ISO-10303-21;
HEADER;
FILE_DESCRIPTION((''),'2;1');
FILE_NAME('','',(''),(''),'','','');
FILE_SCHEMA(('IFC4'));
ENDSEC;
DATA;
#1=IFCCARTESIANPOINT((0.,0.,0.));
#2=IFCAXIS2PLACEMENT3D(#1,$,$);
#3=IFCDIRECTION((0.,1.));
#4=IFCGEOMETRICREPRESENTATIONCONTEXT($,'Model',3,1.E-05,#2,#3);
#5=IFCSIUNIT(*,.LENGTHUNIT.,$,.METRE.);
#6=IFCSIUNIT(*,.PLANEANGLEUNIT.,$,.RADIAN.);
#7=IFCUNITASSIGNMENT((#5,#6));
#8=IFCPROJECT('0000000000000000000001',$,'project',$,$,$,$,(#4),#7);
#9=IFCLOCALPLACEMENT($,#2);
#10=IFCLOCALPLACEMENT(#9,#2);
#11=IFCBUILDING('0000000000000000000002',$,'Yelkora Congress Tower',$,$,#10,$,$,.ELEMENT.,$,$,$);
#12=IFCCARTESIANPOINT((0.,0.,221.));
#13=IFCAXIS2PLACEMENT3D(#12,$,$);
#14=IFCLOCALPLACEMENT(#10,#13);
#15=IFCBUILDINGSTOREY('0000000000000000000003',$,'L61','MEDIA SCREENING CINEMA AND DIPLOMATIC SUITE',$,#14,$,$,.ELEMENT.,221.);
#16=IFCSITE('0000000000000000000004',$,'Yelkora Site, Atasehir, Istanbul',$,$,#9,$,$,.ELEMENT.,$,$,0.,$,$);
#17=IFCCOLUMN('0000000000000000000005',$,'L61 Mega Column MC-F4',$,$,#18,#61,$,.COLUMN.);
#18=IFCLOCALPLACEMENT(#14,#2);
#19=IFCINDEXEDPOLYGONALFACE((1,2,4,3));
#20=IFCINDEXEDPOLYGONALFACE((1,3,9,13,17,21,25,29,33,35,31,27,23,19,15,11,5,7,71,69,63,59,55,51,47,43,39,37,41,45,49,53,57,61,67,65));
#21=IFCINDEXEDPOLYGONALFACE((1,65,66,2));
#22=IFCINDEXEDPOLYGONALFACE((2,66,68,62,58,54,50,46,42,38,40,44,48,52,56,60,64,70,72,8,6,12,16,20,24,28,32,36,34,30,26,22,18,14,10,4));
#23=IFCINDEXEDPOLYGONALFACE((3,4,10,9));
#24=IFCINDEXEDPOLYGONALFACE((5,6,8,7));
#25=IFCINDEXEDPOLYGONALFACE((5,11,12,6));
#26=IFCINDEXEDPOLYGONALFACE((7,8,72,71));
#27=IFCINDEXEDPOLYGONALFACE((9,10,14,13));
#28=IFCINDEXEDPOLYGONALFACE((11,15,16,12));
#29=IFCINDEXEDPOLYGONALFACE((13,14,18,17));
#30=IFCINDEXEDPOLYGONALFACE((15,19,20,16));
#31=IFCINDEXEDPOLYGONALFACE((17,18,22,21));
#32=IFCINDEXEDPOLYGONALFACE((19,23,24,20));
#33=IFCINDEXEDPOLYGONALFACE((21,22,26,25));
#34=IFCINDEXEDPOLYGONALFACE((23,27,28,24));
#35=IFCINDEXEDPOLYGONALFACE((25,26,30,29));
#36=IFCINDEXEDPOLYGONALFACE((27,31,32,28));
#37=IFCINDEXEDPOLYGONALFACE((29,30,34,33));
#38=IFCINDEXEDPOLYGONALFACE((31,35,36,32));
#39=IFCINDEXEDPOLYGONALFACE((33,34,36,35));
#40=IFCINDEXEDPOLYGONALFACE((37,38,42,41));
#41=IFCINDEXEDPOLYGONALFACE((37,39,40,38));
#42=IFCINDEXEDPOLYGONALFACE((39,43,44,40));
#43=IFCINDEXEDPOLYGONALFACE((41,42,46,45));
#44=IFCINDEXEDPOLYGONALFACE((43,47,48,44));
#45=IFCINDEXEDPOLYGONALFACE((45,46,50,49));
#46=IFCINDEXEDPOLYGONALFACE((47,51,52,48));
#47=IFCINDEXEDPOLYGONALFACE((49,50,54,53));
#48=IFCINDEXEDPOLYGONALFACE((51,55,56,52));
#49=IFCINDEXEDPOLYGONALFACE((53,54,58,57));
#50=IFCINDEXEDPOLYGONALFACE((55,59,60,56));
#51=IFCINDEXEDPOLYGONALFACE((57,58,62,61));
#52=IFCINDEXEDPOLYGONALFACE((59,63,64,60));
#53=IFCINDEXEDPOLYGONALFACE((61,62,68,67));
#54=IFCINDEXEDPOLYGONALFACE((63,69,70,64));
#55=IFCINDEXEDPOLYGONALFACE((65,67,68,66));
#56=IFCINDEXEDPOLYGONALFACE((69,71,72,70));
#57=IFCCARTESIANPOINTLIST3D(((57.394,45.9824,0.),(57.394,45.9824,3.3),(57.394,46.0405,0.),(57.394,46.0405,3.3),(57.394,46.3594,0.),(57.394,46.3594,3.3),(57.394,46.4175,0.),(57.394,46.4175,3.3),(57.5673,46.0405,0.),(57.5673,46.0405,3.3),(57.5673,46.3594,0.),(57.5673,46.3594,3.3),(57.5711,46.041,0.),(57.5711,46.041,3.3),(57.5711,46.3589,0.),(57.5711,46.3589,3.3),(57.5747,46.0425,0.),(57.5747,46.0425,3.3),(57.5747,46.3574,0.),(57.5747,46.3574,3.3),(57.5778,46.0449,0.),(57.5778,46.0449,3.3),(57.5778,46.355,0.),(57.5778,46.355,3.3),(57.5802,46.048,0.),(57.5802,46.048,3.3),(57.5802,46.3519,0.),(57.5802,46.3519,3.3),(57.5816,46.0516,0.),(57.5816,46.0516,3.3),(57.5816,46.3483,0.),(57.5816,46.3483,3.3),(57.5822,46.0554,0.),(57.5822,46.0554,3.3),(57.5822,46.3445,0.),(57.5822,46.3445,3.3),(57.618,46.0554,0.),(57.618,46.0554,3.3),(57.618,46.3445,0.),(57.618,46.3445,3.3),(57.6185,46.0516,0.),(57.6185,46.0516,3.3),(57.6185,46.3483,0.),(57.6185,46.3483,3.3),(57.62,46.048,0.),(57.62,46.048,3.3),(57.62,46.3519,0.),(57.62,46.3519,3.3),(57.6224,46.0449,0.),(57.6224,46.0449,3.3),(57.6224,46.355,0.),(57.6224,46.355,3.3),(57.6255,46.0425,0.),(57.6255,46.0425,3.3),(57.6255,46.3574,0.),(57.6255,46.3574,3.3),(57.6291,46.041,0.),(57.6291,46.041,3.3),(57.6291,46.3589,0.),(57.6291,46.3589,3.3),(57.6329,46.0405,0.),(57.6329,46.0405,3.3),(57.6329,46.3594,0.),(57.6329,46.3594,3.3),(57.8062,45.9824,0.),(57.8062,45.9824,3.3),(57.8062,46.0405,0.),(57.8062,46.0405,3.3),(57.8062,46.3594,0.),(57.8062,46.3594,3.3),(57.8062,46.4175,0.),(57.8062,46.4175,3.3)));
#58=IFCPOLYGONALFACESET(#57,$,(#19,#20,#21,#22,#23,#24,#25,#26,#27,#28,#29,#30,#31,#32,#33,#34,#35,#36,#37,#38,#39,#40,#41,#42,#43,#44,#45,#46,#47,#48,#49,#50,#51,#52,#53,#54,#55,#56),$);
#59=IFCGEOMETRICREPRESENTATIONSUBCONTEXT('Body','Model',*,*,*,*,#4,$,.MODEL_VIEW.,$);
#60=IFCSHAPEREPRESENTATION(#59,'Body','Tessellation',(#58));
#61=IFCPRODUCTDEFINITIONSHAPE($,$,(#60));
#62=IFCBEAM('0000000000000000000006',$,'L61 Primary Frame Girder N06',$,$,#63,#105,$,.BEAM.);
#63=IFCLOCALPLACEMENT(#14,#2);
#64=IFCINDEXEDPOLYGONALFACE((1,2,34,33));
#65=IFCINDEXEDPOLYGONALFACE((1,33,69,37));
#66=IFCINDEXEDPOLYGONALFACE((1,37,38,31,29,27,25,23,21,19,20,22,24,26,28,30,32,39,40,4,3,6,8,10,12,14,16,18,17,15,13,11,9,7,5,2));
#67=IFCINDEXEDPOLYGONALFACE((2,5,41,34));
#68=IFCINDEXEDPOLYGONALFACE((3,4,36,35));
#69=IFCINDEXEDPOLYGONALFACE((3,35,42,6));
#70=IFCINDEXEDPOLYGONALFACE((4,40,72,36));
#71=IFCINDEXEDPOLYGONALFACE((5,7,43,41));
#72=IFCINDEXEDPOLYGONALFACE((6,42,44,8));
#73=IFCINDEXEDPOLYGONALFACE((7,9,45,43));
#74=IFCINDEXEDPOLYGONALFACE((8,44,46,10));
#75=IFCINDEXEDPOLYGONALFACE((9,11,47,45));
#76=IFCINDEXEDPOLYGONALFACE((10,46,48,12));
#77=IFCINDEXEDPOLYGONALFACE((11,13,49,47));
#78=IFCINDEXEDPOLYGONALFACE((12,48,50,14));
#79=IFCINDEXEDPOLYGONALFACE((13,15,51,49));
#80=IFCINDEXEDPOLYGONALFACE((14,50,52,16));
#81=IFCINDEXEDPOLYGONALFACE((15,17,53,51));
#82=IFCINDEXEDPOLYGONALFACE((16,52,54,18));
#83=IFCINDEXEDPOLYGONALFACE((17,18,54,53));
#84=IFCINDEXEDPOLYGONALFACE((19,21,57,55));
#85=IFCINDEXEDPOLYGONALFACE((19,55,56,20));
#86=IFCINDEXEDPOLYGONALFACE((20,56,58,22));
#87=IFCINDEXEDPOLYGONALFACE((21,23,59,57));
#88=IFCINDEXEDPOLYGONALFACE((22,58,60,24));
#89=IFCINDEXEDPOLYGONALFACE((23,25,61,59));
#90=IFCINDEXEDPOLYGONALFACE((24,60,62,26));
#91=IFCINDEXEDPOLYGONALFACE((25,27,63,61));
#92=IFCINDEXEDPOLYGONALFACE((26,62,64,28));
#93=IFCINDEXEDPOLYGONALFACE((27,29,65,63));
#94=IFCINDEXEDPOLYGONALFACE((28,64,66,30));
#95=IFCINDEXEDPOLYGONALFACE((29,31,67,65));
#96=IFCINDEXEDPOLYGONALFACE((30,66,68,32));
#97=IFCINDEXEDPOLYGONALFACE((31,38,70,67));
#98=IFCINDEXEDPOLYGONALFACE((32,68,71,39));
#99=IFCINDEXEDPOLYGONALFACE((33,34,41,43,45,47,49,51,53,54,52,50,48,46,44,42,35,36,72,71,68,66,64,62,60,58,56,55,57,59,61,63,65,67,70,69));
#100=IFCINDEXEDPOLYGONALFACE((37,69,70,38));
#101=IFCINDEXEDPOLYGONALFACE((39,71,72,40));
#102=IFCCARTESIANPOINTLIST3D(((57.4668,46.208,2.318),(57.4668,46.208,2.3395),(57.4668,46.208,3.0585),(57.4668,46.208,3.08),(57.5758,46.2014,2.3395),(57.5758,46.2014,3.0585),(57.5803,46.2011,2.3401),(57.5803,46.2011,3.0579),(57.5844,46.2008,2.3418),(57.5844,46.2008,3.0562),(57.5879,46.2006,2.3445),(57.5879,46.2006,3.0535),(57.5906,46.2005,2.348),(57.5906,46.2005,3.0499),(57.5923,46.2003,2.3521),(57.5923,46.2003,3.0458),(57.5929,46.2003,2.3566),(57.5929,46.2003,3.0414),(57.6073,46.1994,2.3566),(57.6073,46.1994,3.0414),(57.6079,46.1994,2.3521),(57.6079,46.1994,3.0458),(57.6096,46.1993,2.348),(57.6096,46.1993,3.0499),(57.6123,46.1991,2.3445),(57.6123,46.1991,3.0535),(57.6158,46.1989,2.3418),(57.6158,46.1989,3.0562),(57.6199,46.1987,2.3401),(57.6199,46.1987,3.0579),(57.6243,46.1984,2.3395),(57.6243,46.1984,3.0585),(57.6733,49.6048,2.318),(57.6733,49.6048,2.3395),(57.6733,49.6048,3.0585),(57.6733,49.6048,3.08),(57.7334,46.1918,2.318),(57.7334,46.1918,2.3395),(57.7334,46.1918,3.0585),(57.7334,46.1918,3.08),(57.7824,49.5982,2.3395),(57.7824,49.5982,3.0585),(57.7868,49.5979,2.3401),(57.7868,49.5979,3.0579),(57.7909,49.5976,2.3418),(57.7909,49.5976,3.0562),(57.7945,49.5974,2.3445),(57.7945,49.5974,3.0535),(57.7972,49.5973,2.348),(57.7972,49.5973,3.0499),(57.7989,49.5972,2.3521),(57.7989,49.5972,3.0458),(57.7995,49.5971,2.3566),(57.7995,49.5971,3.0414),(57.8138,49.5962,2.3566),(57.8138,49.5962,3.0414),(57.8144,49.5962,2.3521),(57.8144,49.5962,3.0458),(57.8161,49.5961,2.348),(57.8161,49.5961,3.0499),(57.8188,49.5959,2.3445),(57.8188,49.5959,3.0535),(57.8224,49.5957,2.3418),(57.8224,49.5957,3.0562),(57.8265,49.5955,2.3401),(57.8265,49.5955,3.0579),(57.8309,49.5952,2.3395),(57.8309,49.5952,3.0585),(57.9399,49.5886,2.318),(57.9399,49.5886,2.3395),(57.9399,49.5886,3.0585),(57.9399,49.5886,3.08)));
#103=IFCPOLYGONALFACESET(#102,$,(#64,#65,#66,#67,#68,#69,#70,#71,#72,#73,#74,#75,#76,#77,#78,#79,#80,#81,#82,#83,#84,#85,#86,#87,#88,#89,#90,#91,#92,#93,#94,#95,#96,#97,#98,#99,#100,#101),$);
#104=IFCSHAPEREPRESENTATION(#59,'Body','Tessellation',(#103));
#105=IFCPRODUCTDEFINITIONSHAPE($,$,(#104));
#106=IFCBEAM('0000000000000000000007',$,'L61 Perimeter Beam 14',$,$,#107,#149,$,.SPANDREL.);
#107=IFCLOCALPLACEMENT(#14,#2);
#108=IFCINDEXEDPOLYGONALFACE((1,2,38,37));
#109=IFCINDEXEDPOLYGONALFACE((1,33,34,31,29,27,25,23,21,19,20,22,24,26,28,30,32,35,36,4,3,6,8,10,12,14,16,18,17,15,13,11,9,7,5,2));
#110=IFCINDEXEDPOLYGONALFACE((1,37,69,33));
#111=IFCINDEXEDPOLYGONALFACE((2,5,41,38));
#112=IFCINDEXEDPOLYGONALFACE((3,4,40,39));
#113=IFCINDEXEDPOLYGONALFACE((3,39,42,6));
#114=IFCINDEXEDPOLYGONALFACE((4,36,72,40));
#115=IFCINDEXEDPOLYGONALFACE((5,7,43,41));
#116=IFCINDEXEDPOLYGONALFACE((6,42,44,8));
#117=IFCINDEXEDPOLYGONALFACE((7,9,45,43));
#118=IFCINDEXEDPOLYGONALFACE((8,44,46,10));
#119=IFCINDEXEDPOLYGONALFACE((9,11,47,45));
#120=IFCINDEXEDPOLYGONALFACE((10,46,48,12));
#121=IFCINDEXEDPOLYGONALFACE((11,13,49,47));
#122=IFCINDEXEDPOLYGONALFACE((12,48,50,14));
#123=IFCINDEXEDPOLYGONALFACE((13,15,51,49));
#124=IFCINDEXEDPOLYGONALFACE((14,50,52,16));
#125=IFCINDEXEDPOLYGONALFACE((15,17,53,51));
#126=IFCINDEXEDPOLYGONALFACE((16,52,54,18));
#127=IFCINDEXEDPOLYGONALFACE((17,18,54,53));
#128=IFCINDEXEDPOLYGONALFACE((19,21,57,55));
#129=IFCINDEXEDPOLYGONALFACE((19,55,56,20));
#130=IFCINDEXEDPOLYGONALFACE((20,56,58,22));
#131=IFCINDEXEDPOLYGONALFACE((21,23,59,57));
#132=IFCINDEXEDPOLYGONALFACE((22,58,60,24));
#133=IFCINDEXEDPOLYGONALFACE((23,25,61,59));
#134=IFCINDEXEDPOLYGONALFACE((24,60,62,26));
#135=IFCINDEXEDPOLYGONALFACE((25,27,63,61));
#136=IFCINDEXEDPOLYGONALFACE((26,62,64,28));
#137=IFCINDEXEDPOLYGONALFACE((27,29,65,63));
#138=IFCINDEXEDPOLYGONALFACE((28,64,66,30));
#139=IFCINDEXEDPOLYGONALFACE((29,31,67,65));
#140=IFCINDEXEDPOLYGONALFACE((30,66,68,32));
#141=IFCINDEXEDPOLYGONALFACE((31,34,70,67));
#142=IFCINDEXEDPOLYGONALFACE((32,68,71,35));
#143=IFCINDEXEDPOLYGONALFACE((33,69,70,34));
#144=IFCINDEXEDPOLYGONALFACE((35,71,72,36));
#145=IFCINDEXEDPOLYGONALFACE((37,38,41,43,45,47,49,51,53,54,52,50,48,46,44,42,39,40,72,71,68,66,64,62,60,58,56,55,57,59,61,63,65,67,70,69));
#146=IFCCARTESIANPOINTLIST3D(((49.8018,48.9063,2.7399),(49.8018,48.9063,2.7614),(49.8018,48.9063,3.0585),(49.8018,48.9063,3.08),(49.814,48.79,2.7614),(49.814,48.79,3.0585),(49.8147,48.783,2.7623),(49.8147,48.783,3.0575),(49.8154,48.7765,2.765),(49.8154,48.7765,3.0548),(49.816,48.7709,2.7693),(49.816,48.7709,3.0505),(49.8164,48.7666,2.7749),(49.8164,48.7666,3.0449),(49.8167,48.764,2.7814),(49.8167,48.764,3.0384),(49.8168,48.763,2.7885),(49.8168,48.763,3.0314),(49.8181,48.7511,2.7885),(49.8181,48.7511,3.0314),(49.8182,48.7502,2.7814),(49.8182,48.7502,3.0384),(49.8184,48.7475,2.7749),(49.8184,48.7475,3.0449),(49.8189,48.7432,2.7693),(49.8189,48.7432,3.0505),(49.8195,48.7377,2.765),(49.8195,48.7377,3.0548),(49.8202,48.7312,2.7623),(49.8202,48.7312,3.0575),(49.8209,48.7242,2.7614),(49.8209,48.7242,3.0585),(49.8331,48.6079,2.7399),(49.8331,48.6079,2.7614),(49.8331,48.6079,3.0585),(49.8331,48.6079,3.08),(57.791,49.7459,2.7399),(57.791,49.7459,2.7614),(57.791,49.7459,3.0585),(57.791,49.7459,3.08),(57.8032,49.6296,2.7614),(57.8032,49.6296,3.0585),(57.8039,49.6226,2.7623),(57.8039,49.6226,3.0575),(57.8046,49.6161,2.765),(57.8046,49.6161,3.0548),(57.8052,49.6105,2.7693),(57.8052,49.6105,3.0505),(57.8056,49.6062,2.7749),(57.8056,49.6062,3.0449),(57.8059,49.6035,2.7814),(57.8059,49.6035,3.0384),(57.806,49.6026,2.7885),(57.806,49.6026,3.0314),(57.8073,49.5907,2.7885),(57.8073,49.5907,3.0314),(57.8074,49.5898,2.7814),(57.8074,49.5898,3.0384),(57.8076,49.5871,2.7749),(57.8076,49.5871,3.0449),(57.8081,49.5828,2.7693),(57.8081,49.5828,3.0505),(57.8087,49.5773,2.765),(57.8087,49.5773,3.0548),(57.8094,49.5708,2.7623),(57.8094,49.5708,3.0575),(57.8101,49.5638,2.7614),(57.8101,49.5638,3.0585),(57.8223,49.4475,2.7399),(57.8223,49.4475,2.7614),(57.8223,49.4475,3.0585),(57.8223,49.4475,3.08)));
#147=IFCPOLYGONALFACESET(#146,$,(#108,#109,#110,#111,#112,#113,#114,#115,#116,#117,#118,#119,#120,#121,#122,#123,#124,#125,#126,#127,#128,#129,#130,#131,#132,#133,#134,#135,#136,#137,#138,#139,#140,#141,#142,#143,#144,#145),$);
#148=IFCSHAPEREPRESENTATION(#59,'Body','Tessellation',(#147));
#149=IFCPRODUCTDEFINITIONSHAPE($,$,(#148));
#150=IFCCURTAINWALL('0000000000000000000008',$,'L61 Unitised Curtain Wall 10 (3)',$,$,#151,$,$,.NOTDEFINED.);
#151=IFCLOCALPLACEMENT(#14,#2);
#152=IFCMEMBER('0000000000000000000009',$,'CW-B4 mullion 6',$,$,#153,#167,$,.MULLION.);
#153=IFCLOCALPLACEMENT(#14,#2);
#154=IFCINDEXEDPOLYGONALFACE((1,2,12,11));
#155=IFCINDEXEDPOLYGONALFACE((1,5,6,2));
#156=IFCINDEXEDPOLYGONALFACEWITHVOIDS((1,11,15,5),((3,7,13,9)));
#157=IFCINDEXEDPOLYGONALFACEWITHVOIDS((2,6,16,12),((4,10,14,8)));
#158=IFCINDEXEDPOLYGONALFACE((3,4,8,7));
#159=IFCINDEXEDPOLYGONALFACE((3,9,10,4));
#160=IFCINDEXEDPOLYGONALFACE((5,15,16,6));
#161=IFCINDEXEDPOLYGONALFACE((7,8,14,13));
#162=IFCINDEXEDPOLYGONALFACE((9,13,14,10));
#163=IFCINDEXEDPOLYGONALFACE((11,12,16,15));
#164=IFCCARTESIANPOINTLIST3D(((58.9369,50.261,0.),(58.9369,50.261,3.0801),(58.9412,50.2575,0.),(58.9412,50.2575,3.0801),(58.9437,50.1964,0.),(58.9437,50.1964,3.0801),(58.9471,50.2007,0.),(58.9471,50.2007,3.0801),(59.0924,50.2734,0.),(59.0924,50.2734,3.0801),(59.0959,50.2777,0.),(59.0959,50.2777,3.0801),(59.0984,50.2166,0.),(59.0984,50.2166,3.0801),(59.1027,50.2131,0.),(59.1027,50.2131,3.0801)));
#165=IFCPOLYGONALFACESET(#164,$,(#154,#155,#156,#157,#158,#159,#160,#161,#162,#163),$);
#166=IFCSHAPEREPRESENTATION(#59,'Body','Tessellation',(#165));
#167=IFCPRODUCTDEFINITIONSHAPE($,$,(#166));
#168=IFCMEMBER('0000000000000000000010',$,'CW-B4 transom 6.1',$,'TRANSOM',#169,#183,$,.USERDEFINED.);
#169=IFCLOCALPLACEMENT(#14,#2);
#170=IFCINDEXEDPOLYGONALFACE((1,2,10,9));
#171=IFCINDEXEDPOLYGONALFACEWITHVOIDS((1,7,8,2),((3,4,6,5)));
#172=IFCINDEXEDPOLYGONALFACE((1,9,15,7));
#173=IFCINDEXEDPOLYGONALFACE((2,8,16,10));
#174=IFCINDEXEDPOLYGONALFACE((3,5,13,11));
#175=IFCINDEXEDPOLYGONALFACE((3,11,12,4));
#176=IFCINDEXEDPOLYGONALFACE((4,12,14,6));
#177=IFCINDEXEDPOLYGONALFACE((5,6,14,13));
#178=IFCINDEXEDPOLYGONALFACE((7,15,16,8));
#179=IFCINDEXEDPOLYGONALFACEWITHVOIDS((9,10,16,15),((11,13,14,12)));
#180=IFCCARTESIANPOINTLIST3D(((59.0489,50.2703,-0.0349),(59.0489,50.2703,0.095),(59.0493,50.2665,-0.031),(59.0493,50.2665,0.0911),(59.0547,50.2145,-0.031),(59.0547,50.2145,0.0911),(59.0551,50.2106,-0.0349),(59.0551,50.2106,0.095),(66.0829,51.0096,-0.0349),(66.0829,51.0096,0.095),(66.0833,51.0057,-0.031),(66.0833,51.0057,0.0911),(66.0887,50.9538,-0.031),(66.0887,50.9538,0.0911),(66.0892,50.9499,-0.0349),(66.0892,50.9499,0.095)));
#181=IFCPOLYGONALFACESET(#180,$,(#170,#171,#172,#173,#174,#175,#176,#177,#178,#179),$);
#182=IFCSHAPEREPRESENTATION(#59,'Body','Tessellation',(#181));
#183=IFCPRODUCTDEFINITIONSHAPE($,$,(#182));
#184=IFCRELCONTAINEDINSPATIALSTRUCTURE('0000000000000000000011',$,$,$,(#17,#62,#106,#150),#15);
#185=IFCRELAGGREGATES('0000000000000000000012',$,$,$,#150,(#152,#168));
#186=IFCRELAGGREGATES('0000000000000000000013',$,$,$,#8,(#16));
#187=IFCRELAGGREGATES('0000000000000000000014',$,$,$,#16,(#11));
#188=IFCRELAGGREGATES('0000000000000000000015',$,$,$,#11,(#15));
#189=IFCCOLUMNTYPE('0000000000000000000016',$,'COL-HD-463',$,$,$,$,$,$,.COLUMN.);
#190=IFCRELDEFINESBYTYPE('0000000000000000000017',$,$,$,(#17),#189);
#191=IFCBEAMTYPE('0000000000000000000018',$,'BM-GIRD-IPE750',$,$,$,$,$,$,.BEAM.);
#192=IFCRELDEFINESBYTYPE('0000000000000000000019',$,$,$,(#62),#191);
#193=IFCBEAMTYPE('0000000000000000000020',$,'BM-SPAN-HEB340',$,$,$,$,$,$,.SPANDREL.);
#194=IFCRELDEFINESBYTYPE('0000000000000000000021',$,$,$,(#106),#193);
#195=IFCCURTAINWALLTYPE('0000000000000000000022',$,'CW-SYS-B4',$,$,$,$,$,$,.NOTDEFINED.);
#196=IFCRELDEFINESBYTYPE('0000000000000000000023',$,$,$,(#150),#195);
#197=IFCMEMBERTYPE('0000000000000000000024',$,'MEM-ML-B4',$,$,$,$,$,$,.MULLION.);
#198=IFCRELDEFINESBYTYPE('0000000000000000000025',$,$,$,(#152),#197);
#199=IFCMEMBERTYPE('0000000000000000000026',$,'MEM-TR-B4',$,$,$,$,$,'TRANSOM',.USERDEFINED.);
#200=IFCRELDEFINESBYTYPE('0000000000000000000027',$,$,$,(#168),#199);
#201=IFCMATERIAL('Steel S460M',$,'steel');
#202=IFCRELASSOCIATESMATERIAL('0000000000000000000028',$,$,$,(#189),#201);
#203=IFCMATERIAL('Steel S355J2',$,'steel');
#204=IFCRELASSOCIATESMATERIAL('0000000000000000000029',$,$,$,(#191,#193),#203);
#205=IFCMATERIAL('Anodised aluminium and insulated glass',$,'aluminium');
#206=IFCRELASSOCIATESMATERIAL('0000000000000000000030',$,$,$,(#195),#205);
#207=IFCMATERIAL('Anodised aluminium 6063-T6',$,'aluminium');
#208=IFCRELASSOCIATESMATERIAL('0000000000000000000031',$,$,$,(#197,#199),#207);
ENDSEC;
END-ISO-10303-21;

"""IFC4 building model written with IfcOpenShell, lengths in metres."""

from ifc_helpers import new_model, si_unit, direction, frame, origin, origin_2d, place, context, subcontext, project, spatial, hollow_rectangle, i_section, extrude, material, material_profile, profile_set, type_object, element, aggregate, save


model = new_model("IFC4")

# Units and contexts
model_context = context("Model", 3, precision=1e-05, world=origin(), true_north=direction((0.0, 1.0)))
body_context = subcontext(model_context, "Body", "Model", "MODEL_VIEW")
ifc_project = project(units=[si_unit("LENGTHUNIT", "METRE"), si_unit("PLANEANGLEUNIT", "RADIAN")], contexts=[model_context])

# Site, building, storey
site_placement = place(None, origin())
site = spatial("IfcSite", under=ifc_project, at=site_placement, Name="Yelkora Site, Atasehir, Istanbul", CompositionType="ELEMENT", RefElevation=0.0)
building_placement = place(site_placement, origin())
building = spatial("IfcBuilding", under=site, at=building_placement, Name="Yelkora Congress Tower", CompositionType="ELEMENT")
storey_placement = place(building_placement, frame((0.0, 0.0, 221.0)))
storey = spatial("IfcBuildingStorey", under=building, at=storey_placement, Name="L61", Description="MEDIA SCREENING CINEMA AND DIPLOMATIC SUITE", CompositionType="ELEMENT", Elevation=221.0)

# Column
ifc_material_1 = material(Name="Steel S355J2", Category="steel")
ifc_material_2 = material(Name="Steel S460M", Category="steel")
ifc_material_profile_1 = material_profile(ifc_material_2, i_section(OverallWidth=0.4121, OverallDepth=0.4351, WebThickness=0.0359, FlangeThickness=0.0581, FilletRadius=0.0149, at=origin_2d()), Name="HD 400x463")
ifc_profile_set_1 = profile_set([ifc_material_profile_1], Name="Steel S460M")
column_type_1 = type_object("IfcColumnType", Name="COL-HD-463", PredefinedType="COLUMN", material=ifc_profile_set_1)
for number, where, z_axis, x_axis, name in (
    (1, (57.6001, 46.2, 0.0), (0.0, 0.0, 1.0), (1.0, 0.0, 0.0), "L61 Mega Column MC-F4"),
):
    element("IfcColumn", number, at=place(storey_placement, frame(where, z_axis=z_axis, x_axis=x_axis)), inside=storey, type_object=column_type_1, Name=name, PredefinedType="COLUMN", context=body_context, shape_type="SweptSolid", body=[
        extrude(i_section(OverallWidth=0.4121, OverallDepth=0.4351, WebThickness=0.0359, FlangeThickness=0.0581, FilletRadius=0.0149, at=origin_2d()), origin(), (0.0, 0.0, 1.0), 3.3),
    ])

# Beams
ifc_material_profile_2 = material_profile(ifc_material_1, i_section(OverallWidth=0.2671, OverallDepth=0.762, WebThickness=0.0144, FlangeThickness=0.0215, FilletRadius=0.0171, at=origin_2d()), Name="IPE 750x173")
ifc_profile_set_2 = profile_set([ifc_material_profile_2], Name="Steel S355J2")
beam_type_1 = type_object("IfcBeamType", Name="BM-GIRD-IPE750", PredefinedType="BEAM", material=ifc_profile_set_2)
beam_1_placement = place(storey_placement, frame((57.8066, 49.5967, 2.699), z_axis=(-0.060694, -0.998156, 0.0), x_axis=(0.998156, -0.060694, 0.0)))
element("IfcBeam", 2, at=beam_1_placement, inside=storey, type_object=beam_type_1, Name="L61 Primary Frame Girder N06", PredefinedType="BEAM", context=body_context, shape_type="SweptSolid", body=[
    extrude(i_section(OverallWidth=0.2671, OverallDepth=0.762, WebThickness=0.0144, FlangeThickness=0.0215, FilletRadius=0.0171, at=origin_2d()), origin(), (0.0, 0.0, 1.0), 3.4031),
])
ifc_material_profile_3 = material_profile(ifc_material_1, i_section(OverallWidth=0.3, OverallDepth=0.3401, WebThickness=0.012, FlangeThickness=0.0215, FilletRadius=0.0271, at=origin_2d()), Name="HEB 340")
ifc_profile_set_3 = profile_set([ifc_material_profile_3], Name="Steel S355J2")
beam_type_2 = type_object("IfcBeamType", Name="BM-SPAN-HEB340", PredefinedType="SPANDREL", material=ifc_profile_set_3)
beam_2_placement = place(storey_placement, frame((57.8066, 49.5967, 2.9099), z_axis=(-0.994523, -0.104516, 0.0), x_axis=(0.104516, -0.994523, 0.0)))
element("IfcBeam", 3, at=beam_2_placement, inside=storey, type_object=beam_type_2, Name="L61 Perimeter Beam 14", PredefinedType="SPANDREL", context=body_context, shape_type="SweptSolid", body=[
    extrude(i_section(OverallWidth=0.3, OverallDepth=0.3401, WebThickness=0.012, FlangeThickness=0.0215, FilletRadius=0.0271, at=origin_2d()), origin(), (0.0, 0.0, 1.0), 8.0332),
])

# Curtain wall, members
ifc_material_3 = material(Name="Anodised aluminium and insulated glass", Category="aluminium")
curtain_wall_type = type_object("IfcCurtainWallType", Name="CW-SYS-B4", PredefinedType="NOTDEFINED", material=ifc_material_3)
curtain_wall_placement = place(storey_placement, origin())
curtain_wall = element("IfcCurtainWall", 4, at=curtain_wall_placement, inside=storey, type_object=curtain_wall_type, Name="L61 Unitised Curtain Wall 10 (3)", PredefinedType="NOTDEFINED")
ifc_material_4 = material(Name="Anodised aluminium 6063-T6", Category="aluminium")
ifc_material_profile_4 = material_profile(ifc_material_4, hollow_rectangle(XDim=0.0649, YDim=0.1599, WallThickness=0.0039, at=origin_2d()), Name="ALU 65x160x4")
ifc_profile_set_4 = profile_set([ifc_material_profile_4], Name="Anodised aluminium 6063-T6")
member_type_1 = type_object("IfcMemberType", Name="MEM-ML-B4", PredefinedType="MULLION", material=ifc_profile_set_4)
member_1_placement = place(storey_placement, frame((59.0198, 50.2371, 0.0), z_axis=(0.0, 0.0, 1.0), x_axis=(-0.104528, 0.994522, 0.0)))
member_1 = element("IfcMember", 5, at=member_1_placement, type_object=member_type_1, Name="CW-B4 mullion 6", PredefinedType="MULLION", context=body_context, shape_type="SweptSolid", body=[
    extrude(hollow_rectangle(XDim=0.0649, YDim=0.1599, WallThickness=0.0039, at=origin_2d()), origin(), (0.0, 0.0, 1.0), 3.0801),
])
ifc_material_profile_5 = material_profile(ifc_material_4, hollow_rectangle(XDim=0.0601, YDim=0.1299, WallThickness=0.0039, at=origin_2d()), Name="ALU 60x130x4")
ifc_profile_set_5 = profile_set([ifc_material_profile_5], Name="Anodised aluminium 6063-T6")
member_type_2 = type_object("IfcMemberType", Name="MEM-TR-B4", ElementType="TRANSOM", PredefinedType="USERDEFINED", material=ifc_profile_set_5)
member_2_placement = place(storey_placement, frame((59.052, 50.2405, 0.03), z_axis=(0.994522, 0.104523, 0.0), x_axis=(-0.104523, 0.994522, 0.0)))
member_2 = element("IfcMember", 6, at=member_2_placement, type_object=member_type_2, Name="CW-B4 transom 6.1", ObjectType="TRANSOM", PredefinedType="USERDEFINED", context=body_context, shape_type="SweptSolid", body=[
    extrude(hollow_rectangle(XDim=0.0601, YDim=0.1299, WallThickness=0.0039, at=origin_2d()), origin(), (0.0, 0.0, 1.0), 7.0728),
])
aggregate(curtain_wall, [member_1, member_2])

save(model, "model.ifc")
